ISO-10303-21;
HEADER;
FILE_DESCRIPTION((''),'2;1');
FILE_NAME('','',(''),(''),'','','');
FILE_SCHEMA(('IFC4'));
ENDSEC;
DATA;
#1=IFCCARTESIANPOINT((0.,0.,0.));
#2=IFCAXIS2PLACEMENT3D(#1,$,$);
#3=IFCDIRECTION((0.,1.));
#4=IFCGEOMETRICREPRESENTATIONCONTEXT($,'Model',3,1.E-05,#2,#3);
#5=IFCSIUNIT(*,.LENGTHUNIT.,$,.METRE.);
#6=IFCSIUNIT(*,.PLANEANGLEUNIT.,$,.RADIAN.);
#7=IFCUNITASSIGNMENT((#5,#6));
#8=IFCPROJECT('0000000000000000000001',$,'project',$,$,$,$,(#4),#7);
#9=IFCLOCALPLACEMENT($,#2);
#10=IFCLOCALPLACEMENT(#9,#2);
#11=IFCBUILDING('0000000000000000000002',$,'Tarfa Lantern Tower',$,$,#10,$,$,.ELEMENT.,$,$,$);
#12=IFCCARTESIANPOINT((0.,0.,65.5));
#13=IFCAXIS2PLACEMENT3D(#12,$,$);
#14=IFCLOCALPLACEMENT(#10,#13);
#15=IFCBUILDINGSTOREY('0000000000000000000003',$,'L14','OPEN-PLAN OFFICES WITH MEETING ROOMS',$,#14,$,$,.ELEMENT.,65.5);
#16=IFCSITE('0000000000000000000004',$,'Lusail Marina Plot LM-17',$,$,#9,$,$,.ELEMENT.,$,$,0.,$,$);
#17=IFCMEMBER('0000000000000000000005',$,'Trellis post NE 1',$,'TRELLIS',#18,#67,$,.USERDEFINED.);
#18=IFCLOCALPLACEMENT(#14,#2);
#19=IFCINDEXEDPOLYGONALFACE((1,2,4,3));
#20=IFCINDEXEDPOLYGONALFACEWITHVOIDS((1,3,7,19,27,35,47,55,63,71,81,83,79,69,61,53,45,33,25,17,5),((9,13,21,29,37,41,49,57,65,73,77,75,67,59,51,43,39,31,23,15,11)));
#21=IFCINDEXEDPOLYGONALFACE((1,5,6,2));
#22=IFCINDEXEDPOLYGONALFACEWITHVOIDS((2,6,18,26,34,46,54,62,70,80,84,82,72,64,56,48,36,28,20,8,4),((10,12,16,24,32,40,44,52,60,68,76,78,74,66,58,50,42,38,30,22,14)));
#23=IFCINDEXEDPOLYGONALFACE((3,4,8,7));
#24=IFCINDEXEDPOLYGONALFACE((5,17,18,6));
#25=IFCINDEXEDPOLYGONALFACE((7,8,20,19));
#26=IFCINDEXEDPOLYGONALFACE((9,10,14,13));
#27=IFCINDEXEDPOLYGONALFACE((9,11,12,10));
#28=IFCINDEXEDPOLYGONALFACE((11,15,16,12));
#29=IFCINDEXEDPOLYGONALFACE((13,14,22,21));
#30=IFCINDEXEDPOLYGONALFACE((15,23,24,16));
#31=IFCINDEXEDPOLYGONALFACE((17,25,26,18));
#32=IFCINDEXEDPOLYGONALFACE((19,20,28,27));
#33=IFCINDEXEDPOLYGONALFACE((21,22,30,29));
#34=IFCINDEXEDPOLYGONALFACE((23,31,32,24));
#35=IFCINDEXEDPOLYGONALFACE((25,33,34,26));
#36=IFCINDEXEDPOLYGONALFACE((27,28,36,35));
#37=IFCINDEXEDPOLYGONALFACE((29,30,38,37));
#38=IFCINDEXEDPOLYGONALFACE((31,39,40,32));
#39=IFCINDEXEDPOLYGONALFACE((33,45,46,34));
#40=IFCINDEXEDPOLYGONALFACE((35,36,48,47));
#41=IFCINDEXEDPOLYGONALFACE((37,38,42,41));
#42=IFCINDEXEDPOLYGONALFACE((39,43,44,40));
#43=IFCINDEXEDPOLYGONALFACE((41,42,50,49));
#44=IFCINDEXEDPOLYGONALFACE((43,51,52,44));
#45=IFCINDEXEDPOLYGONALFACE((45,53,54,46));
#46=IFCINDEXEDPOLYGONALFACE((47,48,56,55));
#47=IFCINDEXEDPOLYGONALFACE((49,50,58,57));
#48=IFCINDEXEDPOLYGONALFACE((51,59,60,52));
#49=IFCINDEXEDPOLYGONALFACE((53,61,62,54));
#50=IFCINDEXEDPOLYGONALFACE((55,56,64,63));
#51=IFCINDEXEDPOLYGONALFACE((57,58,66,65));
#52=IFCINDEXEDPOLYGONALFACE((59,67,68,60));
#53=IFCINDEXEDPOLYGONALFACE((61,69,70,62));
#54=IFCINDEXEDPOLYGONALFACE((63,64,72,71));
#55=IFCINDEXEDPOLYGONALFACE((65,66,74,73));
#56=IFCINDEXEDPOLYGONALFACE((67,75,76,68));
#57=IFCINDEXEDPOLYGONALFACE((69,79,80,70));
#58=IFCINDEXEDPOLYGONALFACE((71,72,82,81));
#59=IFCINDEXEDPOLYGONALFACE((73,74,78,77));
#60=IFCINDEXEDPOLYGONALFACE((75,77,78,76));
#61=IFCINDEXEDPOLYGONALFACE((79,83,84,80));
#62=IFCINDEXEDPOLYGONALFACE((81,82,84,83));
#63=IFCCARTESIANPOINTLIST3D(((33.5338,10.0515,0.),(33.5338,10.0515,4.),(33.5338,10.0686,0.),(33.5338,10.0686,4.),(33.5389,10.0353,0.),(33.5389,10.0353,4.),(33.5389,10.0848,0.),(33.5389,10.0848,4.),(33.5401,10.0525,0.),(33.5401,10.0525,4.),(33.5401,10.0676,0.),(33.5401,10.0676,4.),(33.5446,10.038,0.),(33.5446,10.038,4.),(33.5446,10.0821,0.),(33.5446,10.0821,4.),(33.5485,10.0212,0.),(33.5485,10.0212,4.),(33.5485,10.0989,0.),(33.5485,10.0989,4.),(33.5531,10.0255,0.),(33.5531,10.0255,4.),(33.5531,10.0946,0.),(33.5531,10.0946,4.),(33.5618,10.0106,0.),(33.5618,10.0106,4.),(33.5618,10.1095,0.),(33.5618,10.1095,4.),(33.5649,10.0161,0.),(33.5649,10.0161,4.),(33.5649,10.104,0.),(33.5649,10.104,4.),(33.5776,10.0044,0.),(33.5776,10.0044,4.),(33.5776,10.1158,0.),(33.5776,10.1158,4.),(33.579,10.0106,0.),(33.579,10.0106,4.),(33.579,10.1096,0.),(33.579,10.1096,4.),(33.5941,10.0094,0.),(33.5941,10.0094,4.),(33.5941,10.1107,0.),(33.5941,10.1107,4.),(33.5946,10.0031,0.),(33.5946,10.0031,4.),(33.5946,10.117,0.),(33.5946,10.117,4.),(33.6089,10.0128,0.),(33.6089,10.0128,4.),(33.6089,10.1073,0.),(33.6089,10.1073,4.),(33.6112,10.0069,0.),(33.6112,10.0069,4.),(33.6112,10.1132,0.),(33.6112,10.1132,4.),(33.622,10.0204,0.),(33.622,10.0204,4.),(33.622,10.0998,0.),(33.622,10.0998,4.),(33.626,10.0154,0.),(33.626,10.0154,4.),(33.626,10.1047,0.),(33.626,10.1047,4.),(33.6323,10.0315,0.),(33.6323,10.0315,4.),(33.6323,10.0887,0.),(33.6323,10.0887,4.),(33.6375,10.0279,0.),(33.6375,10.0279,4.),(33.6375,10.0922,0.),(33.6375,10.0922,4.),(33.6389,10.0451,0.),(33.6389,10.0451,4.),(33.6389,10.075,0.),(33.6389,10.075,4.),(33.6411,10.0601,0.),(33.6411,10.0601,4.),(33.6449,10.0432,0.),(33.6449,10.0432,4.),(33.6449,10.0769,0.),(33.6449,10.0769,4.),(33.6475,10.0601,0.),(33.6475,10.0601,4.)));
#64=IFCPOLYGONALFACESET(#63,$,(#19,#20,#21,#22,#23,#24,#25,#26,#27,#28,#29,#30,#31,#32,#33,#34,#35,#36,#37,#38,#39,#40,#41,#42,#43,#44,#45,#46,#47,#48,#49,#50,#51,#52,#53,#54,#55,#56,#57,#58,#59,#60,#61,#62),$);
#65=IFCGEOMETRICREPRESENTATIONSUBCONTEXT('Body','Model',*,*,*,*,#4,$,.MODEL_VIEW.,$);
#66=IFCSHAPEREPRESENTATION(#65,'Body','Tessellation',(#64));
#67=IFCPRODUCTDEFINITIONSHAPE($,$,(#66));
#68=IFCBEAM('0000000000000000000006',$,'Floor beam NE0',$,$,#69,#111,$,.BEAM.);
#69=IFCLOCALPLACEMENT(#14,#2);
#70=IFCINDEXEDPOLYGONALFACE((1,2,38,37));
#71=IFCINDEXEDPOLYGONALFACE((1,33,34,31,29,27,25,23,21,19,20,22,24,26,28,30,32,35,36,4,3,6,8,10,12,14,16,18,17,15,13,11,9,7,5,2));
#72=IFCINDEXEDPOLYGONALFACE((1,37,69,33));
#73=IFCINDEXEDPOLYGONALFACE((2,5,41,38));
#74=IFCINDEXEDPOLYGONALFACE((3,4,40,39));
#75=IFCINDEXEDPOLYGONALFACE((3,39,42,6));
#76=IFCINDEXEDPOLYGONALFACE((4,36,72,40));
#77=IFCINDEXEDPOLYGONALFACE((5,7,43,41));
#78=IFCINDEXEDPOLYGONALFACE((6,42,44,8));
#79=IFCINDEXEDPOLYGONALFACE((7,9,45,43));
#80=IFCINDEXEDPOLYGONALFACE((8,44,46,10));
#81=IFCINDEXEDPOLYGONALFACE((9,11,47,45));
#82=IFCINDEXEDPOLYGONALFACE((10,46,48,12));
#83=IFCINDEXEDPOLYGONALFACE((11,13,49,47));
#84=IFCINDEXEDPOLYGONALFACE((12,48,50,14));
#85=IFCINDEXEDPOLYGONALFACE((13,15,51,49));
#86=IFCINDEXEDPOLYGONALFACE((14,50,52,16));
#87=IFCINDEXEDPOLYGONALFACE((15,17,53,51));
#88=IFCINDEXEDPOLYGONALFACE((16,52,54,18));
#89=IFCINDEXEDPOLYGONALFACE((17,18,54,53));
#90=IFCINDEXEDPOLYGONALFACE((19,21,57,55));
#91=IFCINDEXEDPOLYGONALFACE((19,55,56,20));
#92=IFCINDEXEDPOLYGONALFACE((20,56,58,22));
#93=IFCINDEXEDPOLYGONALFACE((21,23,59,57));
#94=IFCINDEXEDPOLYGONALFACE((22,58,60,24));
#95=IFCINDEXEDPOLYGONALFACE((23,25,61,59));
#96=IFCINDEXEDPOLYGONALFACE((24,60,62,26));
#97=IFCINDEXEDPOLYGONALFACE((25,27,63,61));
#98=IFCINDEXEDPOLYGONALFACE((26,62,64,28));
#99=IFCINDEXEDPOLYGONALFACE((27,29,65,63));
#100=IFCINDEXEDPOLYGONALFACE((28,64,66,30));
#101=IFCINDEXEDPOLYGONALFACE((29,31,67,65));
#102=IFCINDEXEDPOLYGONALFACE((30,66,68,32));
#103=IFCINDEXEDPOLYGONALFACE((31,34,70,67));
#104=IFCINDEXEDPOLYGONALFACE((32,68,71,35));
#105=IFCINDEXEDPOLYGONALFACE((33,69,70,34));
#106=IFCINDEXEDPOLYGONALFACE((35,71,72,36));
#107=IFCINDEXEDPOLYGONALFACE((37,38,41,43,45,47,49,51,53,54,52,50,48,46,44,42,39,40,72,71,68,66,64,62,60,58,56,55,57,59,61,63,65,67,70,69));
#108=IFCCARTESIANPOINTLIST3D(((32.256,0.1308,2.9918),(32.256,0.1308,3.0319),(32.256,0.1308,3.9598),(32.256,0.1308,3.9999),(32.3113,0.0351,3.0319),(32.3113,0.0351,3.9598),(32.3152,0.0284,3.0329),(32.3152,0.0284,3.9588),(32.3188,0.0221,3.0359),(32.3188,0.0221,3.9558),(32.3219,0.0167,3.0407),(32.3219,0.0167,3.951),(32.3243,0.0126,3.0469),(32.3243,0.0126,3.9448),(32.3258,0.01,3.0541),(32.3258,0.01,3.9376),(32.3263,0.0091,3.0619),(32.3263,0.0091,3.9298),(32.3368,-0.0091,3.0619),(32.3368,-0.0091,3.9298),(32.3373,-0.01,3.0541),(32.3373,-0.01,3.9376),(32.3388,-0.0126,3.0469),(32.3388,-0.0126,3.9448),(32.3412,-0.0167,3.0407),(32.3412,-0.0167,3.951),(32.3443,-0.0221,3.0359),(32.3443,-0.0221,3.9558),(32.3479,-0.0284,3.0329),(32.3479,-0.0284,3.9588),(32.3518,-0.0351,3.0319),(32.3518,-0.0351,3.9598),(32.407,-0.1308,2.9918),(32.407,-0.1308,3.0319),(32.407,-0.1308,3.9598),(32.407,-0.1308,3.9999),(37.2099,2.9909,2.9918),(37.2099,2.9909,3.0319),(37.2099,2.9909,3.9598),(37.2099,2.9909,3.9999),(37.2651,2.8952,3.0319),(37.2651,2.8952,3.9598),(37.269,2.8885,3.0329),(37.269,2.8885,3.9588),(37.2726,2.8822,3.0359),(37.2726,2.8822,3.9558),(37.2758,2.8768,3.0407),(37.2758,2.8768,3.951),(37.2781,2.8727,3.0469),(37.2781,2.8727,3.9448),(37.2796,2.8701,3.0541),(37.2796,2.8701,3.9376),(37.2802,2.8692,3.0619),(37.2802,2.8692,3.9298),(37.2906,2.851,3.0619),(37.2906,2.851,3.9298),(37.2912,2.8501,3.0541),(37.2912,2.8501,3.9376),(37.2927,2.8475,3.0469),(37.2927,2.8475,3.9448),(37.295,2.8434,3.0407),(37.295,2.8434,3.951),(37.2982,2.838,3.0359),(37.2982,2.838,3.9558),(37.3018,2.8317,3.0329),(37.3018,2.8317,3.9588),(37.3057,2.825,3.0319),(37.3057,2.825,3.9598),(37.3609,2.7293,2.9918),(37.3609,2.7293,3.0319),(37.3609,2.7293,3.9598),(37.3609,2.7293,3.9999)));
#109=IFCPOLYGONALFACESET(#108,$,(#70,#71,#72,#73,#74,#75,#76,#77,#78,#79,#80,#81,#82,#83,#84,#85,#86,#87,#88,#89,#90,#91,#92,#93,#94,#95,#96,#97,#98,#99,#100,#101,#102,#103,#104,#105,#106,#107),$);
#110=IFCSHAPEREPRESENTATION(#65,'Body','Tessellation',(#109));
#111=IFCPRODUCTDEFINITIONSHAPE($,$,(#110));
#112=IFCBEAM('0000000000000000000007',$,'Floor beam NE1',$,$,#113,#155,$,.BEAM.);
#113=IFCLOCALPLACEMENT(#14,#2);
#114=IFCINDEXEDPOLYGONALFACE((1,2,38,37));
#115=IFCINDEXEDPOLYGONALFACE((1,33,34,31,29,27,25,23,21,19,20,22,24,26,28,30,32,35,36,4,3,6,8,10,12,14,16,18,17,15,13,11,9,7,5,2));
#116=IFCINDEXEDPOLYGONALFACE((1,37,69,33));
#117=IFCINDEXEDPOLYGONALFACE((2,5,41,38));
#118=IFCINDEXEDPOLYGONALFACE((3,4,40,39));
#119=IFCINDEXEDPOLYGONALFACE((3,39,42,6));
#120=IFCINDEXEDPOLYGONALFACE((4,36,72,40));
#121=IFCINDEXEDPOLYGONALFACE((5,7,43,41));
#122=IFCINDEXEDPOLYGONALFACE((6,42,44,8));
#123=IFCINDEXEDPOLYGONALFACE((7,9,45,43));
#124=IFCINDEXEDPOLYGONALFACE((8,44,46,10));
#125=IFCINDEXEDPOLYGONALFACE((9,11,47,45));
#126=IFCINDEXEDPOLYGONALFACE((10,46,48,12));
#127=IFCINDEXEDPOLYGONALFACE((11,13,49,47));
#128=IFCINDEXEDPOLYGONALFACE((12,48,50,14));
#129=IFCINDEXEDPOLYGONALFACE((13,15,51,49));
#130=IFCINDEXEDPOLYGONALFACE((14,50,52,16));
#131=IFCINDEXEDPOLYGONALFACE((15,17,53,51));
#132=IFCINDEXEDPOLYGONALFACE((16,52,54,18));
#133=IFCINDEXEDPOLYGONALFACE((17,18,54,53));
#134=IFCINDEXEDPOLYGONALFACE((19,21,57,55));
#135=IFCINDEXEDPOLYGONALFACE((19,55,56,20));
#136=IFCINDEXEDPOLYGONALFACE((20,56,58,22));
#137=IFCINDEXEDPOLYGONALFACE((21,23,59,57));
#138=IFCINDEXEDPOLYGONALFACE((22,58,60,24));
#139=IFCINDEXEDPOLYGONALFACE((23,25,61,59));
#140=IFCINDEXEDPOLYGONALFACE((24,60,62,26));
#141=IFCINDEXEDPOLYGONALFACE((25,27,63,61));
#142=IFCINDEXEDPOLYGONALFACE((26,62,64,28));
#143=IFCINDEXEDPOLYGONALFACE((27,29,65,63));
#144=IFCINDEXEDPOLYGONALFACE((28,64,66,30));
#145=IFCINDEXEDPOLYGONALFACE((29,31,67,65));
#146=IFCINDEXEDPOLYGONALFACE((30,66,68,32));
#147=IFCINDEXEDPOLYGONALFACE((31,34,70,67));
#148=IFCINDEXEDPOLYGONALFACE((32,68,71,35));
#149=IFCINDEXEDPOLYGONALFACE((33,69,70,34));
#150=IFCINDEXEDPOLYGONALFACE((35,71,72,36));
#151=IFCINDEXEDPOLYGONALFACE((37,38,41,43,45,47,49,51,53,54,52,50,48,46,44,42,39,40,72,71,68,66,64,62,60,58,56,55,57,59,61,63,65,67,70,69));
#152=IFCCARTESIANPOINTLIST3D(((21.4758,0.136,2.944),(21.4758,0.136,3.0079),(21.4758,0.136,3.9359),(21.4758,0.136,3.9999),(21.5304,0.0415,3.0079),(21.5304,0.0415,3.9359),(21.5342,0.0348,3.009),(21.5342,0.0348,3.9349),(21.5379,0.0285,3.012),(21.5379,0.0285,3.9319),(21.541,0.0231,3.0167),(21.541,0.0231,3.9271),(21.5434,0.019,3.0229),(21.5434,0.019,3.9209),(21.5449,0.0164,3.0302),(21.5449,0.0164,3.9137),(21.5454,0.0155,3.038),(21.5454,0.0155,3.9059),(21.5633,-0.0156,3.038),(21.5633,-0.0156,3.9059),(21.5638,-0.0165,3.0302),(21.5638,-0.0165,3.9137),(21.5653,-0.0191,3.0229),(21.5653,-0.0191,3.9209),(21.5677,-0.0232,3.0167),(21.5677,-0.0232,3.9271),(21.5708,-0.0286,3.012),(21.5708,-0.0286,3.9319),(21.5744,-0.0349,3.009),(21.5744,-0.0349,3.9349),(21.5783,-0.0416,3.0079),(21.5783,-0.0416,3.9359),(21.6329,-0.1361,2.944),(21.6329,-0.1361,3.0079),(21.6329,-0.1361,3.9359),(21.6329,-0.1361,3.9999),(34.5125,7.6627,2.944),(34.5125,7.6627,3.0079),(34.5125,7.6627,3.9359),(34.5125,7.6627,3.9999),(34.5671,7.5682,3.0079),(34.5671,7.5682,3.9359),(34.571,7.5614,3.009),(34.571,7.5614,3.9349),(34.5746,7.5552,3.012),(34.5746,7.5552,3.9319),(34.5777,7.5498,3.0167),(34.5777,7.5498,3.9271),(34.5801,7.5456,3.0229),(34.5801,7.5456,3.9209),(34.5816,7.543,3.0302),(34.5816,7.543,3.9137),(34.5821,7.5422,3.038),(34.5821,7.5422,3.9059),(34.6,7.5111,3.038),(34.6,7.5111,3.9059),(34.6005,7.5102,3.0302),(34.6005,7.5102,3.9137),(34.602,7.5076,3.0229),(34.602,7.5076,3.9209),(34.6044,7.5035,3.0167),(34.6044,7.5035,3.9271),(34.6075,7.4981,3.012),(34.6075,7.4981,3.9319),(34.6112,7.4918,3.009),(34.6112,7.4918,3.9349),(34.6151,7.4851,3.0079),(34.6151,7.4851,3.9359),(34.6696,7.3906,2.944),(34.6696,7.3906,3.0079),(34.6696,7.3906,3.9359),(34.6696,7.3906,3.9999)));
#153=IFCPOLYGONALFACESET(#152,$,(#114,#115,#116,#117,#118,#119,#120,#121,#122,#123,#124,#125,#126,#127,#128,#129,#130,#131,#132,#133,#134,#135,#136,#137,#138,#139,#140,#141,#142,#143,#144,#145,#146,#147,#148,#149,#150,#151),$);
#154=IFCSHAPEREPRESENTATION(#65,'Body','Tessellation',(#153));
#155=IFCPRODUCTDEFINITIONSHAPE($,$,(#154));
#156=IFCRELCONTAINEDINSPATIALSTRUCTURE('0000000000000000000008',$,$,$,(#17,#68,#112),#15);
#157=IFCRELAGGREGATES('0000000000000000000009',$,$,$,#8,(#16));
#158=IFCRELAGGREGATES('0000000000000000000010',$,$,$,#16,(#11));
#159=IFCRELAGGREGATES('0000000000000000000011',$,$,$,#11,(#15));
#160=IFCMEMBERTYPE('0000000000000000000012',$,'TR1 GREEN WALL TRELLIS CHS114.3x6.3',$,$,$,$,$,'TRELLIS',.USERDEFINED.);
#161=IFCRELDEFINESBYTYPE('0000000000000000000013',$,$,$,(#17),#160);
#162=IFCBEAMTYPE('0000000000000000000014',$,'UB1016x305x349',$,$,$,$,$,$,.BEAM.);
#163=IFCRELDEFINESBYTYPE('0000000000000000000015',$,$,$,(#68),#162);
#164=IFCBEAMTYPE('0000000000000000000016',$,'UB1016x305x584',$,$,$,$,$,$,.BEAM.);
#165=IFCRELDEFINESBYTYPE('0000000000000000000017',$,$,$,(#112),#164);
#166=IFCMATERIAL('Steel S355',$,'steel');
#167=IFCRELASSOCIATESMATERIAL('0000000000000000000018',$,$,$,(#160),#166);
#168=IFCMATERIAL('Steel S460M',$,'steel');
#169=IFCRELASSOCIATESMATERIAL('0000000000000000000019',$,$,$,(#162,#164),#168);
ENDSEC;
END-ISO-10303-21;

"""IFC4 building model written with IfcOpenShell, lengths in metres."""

from ifc_helpers import new_model, si_unit, direction, frame, origin, origin_2d, place, context, subcontext, project, spatial, hollow_circle, i_section, extrude, material, material_profile, profile_set, type_object, element, save


model = new_model("IFC4")

# Units and contexts
model_context = context("Model", 3, precision=1e-05, world=origin(), true_north=direction((0.0, 1.0)))
body_context = subcontext(model_context, "Body", "Model", "MODEL_VIEW")
ifc_project = project(units=[si_unit("LENGTHUNIT", "METRE"), si_unit("PLANEANGLEUNIT", "RADIAN")], contexts=[model_context])

# Site, building, storey
site_placement = place(None, origin())
site = spatial("IfcSite", under=ifc_project, at=site_placement, Name="Lusail Marina Plot LM-17", CompositionType="ELEMENT", RefElevation=0.0)
building_placement = place(site_placement, origin())
building = spatial("IfcBuilding", under=site, at=building_placement, Name="Tarfa Lantern Tower", CompositionType="ELEMENT")
storey_placement = place(building_placement, frame((0.0, 0.0, 65.5)))
storey = spatial("IfcBuildingStorey", under=building, at=storey_placement, Name="L14", Description="OPEN-PLAN OFFICES WITH MEETING ROOMS", CompositionType="ELEMENT", Elevation=65.5)

# Member
ifc_material_1 = material(Name="Steel S355", Category="steel")
ifc_material_profile_1 = material_profile(ifc_material_1, hollow_circle(Radius=0.0571, WallThickness=0.0063, at=origin_2d()), Name="CHS114.3x6.3")
ifc_profile_set_1 = profile_set([ifc_material_profile_1], Name="Steel S355")
member_type_1 = type_object("IfcMemberType", Name="TR1 GREEN WALL TRELLIS CHS114.3x6.3", ElementType="TRELLIS", PredefinedType="USERDEFINED", material=ifc_profile_set_1)
member_1_placement = place(storey_placement, frame((33.5903, 10.0601, 0.0), z_axis=(0.0, 0.0, 1.0), x_axis=(1.0, 0.0, 0.0)))
element("IfcMember", 1, at=member_1_placement, inside=storey, type_object=member_type_1, Name="Trellis post NE 1", ObjectType="TRELLIS", PredefinedType="USERDEFINED", context=body_context, shape_type="SweptSolid", body=[
    extrude(hollow_circle(Radius=0.0571, WallThickness=0.0063, at=origin_2d()), origin(), (0.0, 0.0, 1.0), 4.0),
])

# Beams
ifc_material_2 = material(Name="Steel S460M", Category="steel")
ifc_material_profile_2 = material_profile(ifc_material_2, i_section(OverallWidth=0.302, OverallDepth=1.0081, WebThickness=0.021, FlangeThickness=0.04, FilletRadius=0.03, at=origin_2d()), Name="UB1016x305x349")
ifc_profile_set_2 = profile_set([ifc_material_profile_2], Name="Steel S460M")
beam_type_1 = type_object("IfcBeamType", Name="UB1016x305x349", PredefinedType="BEAM", material=ifc_profile_set_2)
beam_1_placement = place(storey_placement, frame((37.2854, 2.8601, 3.4958), z_axis=(-0.866026, -0.5, 0.0), x_axis=(0.5, -0.866026, 0.0)))
element("IfcBeam", 2, at=beam_1_placement, inside=storey, type_object=beam_type_1, Name="Floor beam NE0", PredefinedType="BEAM", context=body_context, shape_type="SweptSolid", body=[
    extrude(i_section(OverallWidth=0.302, OverallDepth=1.0081, WebThickness=0.021, FlangeThickness=0.04, FilletRadius=0.03, at=origin_2d()), origin(), (0.0, 0.0, 1.0), 5.7202),
])
ifc_material_profile_3 = material_profile(ifc_material_2, i_section(OverallWidth=0.3142, OverallDepth=1.0559, WebThickness=0.0359, FlangeThickness=0.064, FilletRadius=0.03, at=origin_2d()), Name="UB1016x305x584")
ifc_profile_set_3 = profile_set([ifc_material_profile_3], Name="Steel S460M")
beam_type_2 = type_object("IfcBeamType", Name="UB1016x305x584", PredefinedType="BEAM", material=ifc_profile_set_3)
beam_2_placement = place(storey_placement, frame((34.5911, 7.5266, 3.4719), z_axis=(-0.866028, -0.499996, 0.0), x_axis=(0.499996, -0.866028, 0.0)))
element("IfcBeam", 3, at=beam_2_placement, inside=storey, type_object=beam_type_2, Name="Floor beam NE1", PredefinedType="BEAM", context=body_context, shape_type="SweptSolid", body=[
    extrude(i_section(OverallWidth=0.3142, OverallDepth=1.0559, WebThickness=0.0359, FlangeThickness=0.064, FilletRadius=0.03, at=origin_2d()), origin(), (0.0, 0.0, 1.0), 15.0535),
])

save(model, "model.ifc")
